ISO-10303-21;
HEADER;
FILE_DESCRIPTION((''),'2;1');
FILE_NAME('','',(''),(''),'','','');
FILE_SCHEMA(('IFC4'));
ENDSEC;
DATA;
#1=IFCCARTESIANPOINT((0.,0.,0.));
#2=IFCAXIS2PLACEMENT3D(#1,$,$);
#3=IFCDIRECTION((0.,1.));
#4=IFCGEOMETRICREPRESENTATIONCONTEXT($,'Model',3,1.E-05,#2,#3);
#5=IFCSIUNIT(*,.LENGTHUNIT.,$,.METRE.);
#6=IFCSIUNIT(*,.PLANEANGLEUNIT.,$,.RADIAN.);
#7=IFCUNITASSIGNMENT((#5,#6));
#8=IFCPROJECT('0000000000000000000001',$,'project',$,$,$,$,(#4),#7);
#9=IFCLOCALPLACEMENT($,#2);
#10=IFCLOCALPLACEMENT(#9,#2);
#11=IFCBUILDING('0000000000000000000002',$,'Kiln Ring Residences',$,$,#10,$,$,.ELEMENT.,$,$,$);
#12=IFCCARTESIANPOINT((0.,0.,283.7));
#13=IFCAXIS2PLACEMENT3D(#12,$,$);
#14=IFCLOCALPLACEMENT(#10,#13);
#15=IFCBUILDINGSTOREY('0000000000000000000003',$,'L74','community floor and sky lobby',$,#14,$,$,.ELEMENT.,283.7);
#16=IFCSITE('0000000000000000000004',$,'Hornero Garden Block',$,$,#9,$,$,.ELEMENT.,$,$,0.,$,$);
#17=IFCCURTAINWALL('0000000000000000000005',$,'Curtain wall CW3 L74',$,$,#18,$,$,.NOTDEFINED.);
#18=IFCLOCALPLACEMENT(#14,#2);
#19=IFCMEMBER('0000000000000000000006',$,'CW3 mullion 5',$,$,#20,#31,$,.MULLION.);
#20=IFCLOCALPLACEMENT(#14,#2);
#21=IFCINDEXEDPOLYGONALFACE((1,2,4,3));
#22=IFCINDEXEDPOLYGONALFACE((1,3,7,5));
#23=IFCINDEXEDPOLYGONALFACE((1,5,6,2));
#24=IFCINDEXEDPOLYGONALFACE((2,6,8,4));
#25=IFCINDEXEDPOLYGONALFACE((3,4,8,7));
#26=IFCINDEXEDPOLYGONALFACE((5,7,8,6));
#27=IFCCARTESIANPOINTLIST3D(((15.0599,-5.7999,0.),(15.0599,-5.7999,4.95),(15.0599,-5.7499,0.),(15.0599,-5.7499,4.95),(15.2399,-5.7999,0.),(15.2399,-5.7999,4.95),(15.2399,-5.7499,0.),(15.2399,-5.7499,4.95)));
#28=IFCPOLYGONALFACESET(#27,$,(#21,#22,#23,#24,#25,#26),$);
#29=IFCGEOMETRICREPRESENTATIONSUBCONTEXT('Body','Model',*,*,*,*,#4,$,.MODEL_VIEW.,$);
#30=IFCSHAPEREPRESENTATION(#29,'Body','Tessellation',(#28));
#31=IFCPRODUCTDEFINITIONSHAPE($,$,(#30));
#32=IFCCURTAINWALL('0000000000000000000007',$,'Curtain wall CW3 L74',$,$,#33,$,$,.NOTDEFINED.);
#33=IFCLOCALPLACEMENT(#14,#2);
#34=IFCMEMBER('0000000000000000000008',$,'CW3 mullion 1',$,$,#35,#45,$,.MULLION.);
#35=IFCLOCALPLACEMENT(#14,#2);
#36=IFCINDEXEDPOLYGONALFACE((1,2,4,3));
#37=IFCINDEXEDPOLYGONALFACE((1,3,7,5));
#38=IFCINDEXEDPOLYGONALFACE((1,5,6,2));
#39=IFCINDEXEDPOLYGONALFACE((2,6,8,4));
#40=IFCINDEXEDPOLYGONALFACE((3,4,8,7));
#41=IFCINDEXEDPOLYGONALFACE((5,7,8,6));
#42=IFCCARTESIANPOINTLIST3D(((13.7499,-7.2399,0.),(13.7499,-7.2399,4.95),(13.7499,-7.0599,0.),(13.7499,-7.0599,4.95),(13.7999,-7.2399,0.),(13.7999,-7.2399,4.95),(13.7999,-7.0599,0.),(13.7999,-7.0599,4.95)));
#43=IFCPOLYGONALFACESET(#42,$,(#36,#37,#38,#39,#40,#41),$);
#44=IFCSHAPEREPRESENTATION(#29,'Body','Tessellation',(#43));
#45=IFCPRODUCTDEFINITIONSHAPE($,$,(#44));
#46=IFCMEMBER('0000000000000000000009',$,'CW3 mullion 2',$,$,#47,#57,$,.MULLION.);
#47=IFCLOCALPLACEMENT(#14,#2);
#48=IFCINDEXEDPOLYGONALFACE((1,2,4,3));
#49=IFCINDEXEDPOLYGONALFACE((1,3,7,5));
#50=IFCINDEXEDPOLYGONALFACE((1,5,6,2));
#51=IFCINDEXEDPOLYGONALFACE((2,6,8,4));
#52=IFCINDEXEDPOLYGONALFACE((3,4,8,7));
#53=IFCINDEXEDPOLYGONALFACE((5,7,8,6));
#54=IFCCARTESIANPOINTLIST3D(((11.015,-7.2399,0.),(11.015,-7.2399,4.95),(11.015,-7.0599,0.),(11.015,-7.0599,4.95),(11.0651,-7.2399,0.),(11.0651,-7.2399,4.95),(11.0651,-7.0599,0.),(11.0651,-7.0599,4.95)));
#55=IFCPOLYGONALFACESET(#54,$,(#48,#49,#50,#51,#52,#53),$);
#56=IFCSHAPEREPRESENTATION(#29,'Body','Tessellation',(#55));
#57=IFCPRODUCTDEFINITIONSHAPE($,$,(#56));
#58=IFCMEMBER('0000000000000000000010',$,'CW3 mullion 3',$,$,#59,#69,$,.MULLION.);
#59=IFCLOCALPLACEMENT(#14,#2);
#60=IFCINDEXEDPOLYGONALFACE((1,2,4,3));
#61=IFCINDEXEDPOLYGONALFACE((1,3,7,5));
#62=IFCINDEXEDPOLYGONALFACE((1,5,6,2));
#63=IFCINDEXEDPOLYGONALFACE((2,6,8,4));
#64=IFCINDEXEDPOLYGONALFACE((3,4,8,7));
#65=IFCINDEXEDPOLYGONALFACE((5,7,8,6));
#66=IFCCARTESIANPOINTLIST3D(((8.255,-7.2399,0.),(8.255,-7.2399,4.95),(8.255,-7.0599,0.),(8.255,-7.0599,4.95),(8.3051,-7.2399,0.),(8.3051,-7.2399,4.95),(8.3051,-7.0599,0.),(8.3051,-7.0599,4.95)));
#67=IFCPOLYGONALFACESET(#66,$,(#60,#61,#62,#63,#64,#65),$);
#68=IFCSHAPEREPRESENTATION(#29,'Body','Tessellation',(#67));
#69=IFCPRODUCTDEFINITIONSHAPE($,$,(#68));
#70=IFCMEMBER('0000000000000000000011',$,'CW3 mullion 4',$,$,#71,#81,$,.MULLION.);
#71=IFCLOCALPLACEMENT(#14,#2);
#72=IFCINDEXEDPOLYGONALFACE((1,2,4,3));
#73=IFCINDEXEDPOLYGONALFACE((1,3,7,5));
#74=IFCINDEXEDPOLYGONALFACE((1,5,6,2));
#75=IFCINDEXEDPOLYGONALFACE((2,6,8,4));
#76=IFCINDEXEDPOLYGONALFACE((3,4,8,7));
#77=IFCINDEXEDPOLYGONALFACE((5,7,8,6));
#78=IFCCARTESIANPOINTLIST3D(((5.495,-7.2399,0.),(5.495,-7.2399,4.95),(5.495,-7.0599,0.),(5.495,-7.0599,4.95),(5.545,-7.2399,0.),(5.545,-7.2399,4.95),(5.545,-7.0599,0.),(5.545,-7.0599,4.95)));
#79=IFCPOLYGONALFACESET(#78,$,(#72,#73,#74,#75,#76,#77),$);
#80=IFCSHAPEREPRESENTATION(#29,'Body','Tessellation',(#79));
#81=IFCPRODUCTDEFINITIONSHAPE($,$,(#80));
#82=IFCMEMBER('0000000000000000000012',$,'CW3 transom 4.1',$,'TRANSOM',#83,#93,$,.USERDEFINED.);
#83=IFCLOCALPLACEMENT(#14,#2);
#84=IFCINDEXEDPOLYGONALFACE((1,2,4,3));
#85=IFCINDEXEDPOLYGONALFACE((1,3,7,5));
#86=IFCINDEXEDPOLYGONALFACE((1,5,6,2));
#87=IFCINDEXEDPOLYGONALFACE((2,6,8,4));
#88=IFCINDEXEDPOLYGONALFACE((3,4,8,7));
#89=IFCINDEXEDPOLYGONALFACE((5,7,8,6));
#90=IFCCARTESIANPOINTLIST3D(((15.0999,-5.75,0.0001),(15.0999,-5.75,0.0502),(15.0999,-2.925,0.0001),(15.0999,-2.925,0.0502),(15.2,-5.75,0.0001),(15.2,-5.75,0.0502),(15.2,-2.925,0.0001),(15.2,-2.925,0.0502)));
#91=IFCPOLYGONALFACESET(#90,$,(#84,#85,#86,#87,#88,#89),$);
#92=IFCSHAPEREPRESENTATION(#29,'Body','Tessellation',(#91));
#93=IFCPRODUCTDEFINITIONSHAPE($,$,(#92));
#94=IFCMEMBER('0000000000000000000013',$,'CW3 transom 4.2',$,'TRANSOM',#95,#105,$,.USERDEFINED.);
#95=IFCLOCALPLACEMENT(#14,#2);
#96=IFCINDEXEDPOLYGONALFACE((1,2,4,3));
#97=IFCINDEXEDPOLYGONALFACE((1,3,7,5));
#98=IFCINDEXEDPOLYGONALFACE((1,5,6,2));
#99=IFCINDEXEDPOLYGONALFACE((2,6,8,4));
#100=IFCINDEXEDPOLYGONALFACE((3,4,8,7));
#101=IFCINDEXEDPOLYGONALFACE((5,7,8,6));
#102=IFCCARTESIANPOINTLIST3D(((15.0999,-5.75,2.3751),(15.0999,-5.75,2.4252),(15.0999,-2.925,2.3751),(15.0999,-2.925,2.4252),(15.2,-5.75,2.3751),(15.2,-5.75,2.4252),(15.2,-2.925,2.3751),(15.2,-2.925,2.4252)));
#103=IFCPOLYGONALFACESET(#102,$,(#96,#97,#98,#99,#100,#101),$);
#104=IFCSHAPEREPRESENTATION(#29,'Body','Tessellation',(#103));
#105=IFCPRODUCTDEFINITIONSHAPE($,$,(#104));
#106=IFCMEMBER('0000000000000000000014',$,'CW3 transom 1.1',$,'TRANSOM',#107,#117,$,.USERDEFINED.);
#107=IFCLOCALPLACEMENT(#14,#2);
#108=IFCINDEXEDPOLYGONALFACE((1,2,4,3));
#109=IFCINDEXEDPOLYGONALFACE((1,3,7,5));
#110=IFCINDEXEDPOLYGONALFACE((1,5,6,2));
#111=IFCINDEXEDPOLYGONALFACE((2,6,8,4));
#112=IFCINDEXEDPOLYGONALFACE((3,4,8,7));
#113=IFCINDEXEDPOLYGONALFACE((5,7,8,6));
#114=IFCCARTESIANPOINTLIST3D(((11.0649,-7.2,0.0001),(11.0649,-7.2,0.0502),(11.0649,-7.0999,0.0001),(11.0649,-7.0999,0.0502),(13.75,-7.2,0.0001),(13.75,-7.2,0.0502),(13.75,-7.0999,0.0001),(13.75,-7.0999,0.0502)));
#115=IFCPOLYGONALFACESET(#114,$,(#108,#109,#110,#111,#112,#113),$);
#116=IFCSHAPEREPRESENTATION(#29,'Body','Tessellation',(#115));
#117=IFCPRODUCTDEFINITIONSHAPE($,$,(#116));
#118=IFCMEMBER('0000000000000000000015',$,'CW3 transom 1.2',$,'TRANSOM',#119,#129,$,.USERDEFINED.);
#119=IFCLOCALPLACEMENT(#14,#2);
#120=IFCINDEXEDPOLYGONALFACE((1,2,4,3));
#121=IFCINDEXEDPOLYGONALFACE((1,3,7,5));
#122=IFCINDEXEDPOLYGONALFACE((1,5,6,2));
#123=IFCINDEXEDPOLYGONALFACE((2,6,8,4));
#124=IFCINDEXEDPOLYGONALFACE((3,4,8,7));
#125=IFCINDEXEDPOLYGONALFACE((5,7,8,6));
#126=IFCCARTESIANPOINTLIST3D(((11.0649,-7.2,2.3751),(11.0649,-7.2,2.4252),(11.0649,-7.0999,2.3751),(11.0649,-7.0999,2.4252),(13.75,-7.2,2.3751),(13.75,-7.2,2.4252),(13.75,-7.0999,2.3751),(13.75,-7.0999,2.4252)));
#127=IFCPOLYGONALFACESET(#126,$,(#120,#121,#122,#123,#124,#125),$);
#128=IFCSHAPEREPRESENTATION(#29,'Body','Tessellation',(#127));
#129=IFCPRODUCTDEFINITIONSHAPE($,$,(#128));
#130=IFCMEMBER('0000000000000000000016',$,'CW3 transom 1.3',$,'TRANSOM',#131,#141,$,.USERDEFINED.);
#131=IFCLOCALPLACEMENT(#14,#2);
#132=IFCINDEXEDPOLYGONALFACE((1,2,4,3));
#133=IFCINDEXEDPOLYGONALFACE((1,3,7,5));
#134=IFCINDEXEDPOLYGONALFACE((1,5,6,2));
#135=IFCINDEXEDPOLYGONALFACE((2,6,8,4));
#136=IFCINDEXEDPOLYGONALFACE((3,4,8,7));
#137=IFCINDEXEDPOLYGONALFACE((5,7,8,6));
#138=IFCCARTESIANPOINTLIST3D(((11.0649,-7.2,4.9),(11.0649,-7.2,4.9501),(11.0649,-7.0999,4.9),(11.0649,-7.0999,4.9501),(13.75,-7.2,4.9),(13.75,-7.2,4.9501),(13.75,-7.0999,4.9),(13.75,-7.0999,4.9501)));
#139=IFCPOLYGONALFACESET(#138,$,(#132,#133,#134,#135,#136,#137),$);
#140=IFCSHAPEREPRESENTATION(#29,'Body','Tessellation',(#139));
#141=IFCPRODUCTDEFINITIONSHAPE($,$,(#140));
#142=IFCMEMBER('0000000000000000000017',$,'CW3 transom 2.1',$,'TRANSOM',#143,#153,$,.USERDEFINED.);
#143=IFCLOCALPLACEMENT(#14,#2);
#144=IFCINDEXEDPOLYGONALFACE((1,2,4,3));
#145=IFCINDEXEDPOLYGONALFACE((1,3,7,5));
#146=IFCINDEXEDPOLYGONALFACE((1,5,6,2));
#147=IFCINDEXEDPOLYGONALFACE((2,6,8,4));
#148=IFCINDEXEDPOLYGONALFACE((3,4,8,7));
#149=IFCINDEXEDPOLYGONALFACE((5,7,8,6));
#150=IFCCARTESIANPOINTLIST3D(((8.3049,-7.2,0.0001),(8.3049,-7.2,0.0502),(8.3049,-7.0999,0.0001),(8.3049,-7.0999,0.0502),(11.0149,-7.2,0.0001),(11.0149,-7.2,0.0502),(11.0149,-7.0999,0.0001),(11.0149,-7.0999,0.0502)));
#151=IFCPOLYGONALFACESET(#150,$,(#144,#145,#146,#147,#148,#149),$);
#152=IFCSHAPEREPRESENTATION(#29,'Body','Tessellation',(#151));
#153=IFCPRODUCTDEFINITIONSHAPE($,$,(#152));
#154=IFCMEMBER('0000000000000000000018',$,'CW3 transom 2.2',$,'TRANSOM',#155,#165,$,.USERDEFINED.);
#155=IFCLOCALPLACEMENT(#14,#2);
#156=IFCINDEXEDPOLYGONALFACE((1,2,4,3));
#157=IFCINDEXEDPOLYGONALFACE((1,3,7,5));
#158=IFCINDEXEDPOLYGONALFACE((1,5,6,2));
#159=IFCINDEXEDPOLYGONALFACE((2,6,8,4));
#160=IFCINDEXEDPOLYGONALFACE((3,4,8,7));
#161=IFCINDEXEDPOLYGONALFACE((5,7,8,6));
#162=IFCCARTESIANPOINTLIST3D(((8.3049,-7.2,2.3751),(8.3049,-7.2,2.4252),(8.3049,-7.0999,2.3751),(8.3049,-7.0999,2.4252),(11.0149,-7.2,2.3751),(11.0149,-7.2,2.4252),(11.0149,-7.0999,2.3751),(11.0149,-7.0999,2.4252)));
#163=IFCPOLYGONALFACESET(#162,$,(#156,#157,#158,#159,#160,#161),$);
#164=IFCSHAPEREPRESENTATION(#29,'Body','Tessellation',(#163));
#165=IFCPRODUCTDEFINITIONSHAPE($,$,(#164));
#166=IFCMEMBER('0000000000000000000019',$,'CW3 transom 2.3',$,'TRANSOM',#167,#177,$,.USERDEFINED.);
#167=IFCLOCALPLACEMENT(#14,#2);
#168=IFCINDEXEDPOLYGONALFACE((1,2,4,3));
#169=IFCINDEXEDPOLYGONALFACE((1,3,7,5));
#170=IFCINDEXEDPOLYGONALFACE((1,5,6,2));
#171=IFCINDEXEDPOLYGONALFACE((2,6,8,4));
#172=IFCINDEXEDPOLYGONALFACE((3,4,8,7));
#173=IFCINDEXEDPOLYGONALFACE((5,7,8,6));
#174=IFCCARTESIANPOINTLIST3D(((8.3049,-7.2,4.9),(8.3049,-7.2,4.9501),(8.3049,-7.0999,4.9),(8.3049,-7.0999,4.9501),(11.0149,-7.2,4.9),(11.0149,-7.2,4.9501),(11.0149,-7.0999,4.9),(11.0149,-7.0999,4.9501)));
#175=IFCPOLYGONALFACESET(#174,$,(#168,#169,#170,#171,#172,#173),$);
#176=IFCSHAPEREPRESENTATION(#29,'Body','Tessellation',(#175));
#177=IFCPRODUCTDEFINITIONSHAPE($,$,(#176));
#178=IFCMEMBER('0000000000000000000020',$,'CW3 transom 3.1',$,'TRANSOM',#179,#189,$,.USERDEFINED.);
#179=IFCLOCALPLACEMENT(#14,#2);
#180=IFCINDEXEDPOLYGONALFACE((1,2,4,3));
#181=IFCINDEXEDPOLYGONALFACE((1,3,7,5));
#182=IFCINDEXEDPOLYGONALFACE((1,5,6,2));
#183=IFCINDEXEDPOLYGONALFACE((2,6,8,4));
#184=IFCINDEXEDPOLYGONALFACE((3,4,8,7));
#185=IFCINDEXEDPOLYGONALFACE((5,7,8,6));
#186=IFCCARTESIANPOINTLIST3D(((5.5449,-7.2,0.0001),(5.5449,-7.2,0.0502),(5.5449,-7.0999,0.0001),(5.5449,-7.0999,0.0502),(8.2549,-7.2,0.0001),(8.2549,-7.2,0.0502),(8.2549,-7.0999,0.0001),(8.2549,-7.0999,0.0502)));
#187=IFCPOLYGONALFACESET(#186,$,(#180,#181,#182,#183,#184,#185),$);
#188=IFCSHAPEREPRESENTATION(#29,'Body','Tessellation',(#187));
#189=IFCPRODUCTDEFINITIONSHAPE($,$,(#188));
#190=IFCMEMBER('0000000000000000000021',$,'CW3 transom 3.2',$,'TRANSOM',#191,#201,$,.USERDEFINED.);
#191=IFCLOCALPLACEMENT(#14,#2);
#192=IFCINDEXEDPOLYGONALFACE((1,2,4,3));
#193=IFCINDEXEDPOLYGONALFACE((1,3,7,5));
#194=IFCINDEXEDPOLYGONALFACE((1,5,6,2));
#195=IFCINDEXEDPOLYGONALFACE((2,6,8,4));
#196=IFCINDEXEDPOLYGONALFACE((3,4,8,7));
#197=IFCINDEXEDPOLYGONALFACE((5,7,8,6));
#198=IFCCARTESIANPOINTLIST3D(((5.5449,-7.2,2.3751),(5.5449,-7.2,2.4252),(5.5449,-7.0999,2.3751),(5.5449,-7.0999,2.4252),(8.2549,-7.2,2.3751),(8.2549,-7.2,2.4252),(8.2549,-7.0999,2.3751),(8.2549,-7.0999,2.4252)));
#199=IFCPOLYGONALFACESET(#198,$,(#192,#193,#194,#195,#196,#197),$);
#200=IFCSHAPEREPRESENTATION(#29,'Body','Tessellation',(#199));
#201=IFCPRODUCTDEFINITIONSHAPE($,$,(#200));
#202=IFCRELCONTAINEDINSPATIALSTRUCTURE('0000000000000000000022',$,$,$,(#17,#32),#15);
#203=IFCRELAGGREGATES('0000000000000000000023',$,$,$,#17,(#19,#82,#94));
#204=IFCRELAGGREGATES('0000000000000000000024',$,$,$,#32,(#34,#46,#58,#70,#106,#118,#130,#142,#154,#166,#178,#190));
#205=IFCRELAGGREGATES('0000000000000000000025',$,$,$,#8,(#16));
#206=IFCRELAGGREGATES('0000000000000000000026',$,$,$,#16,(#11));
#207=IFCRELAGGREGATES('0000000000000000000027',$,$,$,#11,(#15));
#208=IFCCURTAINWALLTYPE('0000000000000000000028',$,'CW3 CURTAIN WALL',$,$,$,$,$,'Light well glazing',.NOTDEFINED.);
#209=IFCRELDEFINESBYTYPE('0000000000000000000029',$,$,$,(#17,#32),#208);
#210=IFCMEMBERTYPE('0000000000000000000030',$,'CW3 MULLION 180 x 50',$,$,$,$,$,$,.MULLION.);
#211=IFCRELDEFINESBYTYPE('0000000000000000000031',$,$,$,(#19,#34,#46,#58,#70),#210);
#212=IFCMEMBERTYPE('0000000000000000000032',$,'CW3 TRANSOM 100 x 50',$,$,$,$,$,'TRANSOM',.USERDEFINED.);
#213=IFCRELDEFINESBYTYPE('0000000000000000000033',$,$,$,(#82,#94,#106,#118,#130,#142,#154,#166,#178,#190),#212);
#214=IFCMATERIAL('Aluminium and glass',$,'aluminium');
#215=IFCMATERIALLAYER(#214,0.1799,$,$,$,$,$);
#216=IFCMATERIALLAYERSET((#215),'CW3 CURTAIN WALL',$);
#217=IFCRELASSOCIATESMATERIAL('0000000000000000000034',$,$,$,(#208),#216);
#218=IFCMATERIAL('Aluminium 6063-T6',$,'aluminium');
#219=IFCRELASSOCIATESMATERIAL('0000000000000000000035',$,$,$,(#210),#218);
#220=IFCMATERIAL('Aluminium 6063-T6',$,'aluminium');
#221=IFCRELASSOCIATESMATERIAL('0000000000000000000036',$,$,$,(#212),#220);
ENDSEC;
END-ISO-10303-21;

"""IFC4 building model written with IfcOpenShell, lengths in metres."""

from ifc_helpers import new_model, si_unit, direction, frame, origin, origin_2d, place, context, subcontext, project, spatial, rectangle, extrude, material, layer, layer_set, material_profile, profile_set, type_object, element, aggregate, save


model = new_model("IFC4")

# Units and contexts
model_context = context("Model", 3, precision=1e-05, world=origin(), true_north=direction((0.0, 1.0)))
body_context = subcontext(model_context, "Body", "Model", "MODEL_VIEW")
ifc_project = project(units=[si_unit("LENGTHUNIT", "METRE"), si_unit("PLANEANGLEUNIT", "RADIAN")], contexts=[model_context])

# Site, building, storey
site_placement = place(None, origin())
site = spatial("IfcSite", under=ifc_project, at=site_placement, Name="Hornero Garden Block", CompositionType="ELEMENT", RefElevation=0.0)
building_placement = place(site_placement, origin())
building = spatial("IfcBuilding", under=site, at=building_placement, Name="Kiln Ring Residences", CompositionType="ELEMENT")
storey_placement = place(building_placement, frame((0.0, 0.0, 283.7)))
storey = spatial("IfcBuildingStorey", under=building, at=storey_placement, Name="L74", Description="community floor and sky lobby", CompositionType="ELEMENT", Elevation=283.7)

# Curtain wall, member
ifc_material_1 = material(Name="Aluminium and glass", Category="aluminium")
ifc_layer_1 = layer(ifc_material_1, 0.1799)
ifc_layer_set_1 = layer_set([ifc_layer_1], Name="CW3 CURTAIN WALL")
curtain_wall_type = type_object("IfcCurtainWallType", Name="CW3 CURTAIN WALL", ElementType="Light well glazing", PredefinedType="NOTDEFINED", material=ifc_layer_set_1)
placement = place(storey_placement, origin())
curtain_wall_1 = element("IfcCurtainWall", 1, at=placement, inside=storey, type_object=curtain_wall_type, Name="Curtain wall CW3 L74", PredefinedType="NOTDEFINED")
ifc_material_2 = material(Name="Aluminium 6063-T6", Category="aluminium")
ifc_material_profile_1 = material_profile(ifc_material_2, rectangle(XDim=0.1799, YDim=0.05, at=origin_2d()), Name="AL 180x50")
ifc_profile_set_1 = profile_set([ifc_material_profile_1], Name="Aluminium 6063-T6")
member_type_1 = type_object("IfcMemberType", Name="CW3 MULLION 180 x 50", PredefinedType="MULLION", material=ifc_profile_set_1)
member_1_placement = place(storey_placement, frame((15.1499, -5.7749, 0.0), z_axis=(0.0, 0.0, 1.0), x_axis=(1.0, 0.0, 0.0)))
member_1 = element("IfcMember", 2, at=member_1_placement, type_object=member_type_1, Name="CW3 mullion 5", PredefinedType="MULLION", context=body_context, shape_type="SweptSolid", body=[
    extrude(rectangle(XDim=0.1799, YDim=0.05, at=origin_2d()), origin(), (0.0, 0.0, 1.0), 4.95),
])

# Curtain wall, members
curtain_wall_2 = element("IfcCurtainWall", 3, at=placement, inside=storey, type_object=curtain_wall_type, Name="Curtain wall CW3 L74", PredefinedType="NOTDEFINED")
member_2_placement = place(storey_placement, frame((13.7749, -7.1499, 0.0), z_axis=(0.0, 0.0, 1.0), x_axis=(0.0, -1.0, 0.0)))
member_2 = element("IfcMember", 4, at=member_2_placement, type_object=member_type_1, Name="CW3 mullion 1", PredefinedType="MULLION", context=body_context, shape_type="SweptSolid", body=[
    extrude(rectangle(XDim=0.1799, YDim=0.05, at=origin_2d()), origin(), (0.0, 0.0, 1.0), 4.95),
])
member_3_placement = place(storey_placement, frame((11.04, -7.1499, 0.0), z_axis=(0.0, 0.0, 1.0), x_axis=(0.0, -1.0, 0.0)))
member_3 = element("IfcMember", 5, at=member_3_placement, type_object=member_type_1, Name="CW3 mullion 2", PredefinedType="MULLION", context=body_context, shape_type="SweptSolid", body=[
    extrude(rectangle(XDim=0.1799, YDim=0.05, at=origin_2d()), origin(), (0.0, 0.0, 1.0), 4.95),
])
member_4_placement = place(storey_placement, frame((8.28, -7.1499, 0.0), z_axis=(0.0, 0.0, 1.0), x_axis=(0.0, -1.0, 0.0)))
member_4 = element("IfcMember", 6, at=member_4_placement, type_object=member_type_1, Name="CW3 mullion 3", PredefinedType="MULLION", context=body_context, shape_type="SweptSolid", body=[
    extrude(rectangle(XDim=0.1799, YDim=0.05, at=origin_2d()), origin(), (0.0, 0.0, 1.0), 4.95),
])
member_5_placement = place(storey_placement, frame((5.52, -7.1499, 0.0), z_axis=(0.0, 0.0, 1.0), x_axis=(0.0, -1.0, 0.0)))
member_5 = element("IfcMember", 7, at=member_5_placement, type_object=member_type_1, Name="CW3 mullion 4", PredefinedType="MULLION", context=body_context, shape_type="SweptSolid", body=[
    extrude(rectangle(XDim=0.1799, YDim=0.05, at=origin_2d()), origin(), (0.0, 0.0, 1.0), 4.95),
])

# Members
ifc_material_3 = material(Name="Aluminium 6063-T6", Category="aluminium")
ifc_material_profile_2 = material_profile(ifc_material_3, rectangle(XDim=0.1001, YDim=0.05, at=origin_2d()), Name="AL 100x50")
ifc_profile_set_2 = profile_set([ifc_material_profile_2], Name="Aluminium 6063-T6")
member_type_2 = type_object("IfcMemberType", Name="CW3 TRANSOM 100 x 50", ElementType="TRANSOM", PredefinedType="USERDEFINED", material=ifc_profile_set_2)
member_6_placement = place(storey_placement, frame((15.1499, -2.925, 0.0251), z_axis=(0.0, -1.0, 0.0), x_axis=(1.0, 0.0, 0.0)))
member_6 = element("IfcMember", 8, at=member_6_placement, type_object=member_type_2, Name="CW3 transom 4.1", ObjectType="TRANSOM", PredefinedType="USERDEFINED", context=body_context, shape_type="SweptSolid", body=[
    extrude(rectangle(XDim=0.1001, YDim=0.05, at=origin_2d()), origin(), (0.0, 0.0, 1.0), 2.825),
])
member_7_placement = place(storey_placement, frame((15.1499, -2.925, 2.4001), z_axis=(0.0, -1.0, 0.0), x_axis=(1.0, 0.0, 0.0)))
member_7 = element("IfcMember", 9, at=member_7_placement, type_object=member_type_2, Name="CW3 transom 4.2", ObjectType="TRANSOM", PredefinedType="USERDEFINED", context=body_context, shape_type="SweptSolid", body=[
    extrude(rectangle(XDim=0.1001, YDim=0.05, at=origin_2d()), origin(), (0.0, 0.0, 1.0), 2.825),
])
member_8_placement = place(storey_placement, frame((13.75, -7.1499, 0.0251), z_axis=(-1.0, 0.0, 0.0), x_axis=(0.0, -1.0, 0.0)))
member_8 = element("IfcMember", 10, at=member_8_placement, type_object=member_type_2, Name="CW3 transom 1.1", ObjectType="TRANSOM", PredefinedType="USERDEFINED", context=body_context, shape_type="SweptSolid", body=[
    extrude(rectangle(XDim=0.1001, YDim=0.05, at=origin_2d()), origin(), (0.0, 0.0, 1.0), 2.6851),
])
member_9_placement = place(storey_placement, frame((13.75, -7.1499, 2.4001), z_axis=(-1.0, 0.0, 0.0), x_axis=(0.0, -1.0, 0.0)))
member_9 = element("IfcMember", 11, at=member_9_placement, type_object=member_type_2, Name="CW3 transom 1.2", ObjectType="TRANSOM", PredefinedType="USERDEFINED", context=body_context, shape_type="SweptSolid", body=[
    extrude(rectangle(XDim=0.1001, YDim=0.05, at=origin_2d()), origin(), (0.0, 0.0, 1.0), 2.6851),
])
member_10_placement = place(storey_placement, frame((13.75, -7.1499, 4.925), z_axis=(-1.0, 0.0, 0.0), x_axis=(0.0, -1.0, 0.0)))
member_10 = element("IfcMember", 12, at=member_10_placement, type_object=member_type_2, Name="CW3 transom 1.3", ObjectType="TRANSOM", PredefinedType="USERDEFINED", context=body_context, shape_type="SweptSolid", body=[
    extrude(rectangle(XDim=0.1001, YDim=0.05, at=origin_2d()), origin(), (0.0, 0.0, 1.0), 2.6851),
])
member_11_placement = place(storey_placement, frame((11.0149, -7.1499, 0.0251), z_axis=(-1.0, 0.0, 0.0), x_axis=(0.0, -1.0, 0.0)))
member_11 = element("IfcMember", 13, at=member_11_placement, type_object=member_type_2, Name="CW3 transom 2.1", ObjectType="TRANSOM", PredefinedType="USERDEFINED", context=body_context, shape_type="SweptSolid", body=[
    extrude(rectangle(XDim=0.1001, YDim=0.05, at=origin_2d()), origin(), (0.0, 0.0, 1.0), 2.71),
])
member_12_placement = place(storey_placement, frame((11.0149, -7.1499, 2.4001), z_axis=(-1.0, 0.0, 0.0), x_axis=(0.0, -1.0, 0.0)))
member_12 = element("IfcMember", 14, at=member_12_placement, type_object=member_type_2, Name="CW3 transom 2.2", ObjectType="TRANSOM", PredefinedType="USERDEFINED", context=body_context, shape_type="SweptSolid", body=[
    extrude(rectangle(XDim=0.1001, YDim=0.05, at=origin_2d()), origin(), (0.0, 0.0, 1.0), 2.71),
])
member_13_placement = place(storey_placement, frame((11.0149, -7.1499, 4.925), z_axis=(-1.0, 0.0, 0.0), x_axis=(0.0, -1.0, 0.0)))
member_13 = element("IfcMember", 15, at=member_13_placement, type_object=member_type_2, Name="CW3 transom 2.3", ObjectType="TRANSOM", PredefinedType="USERDEFINED", context=body_context, shape_type="SweptSolid", body=[
    extrude(rectangle(XDim=0.1001, YDim=0.05, at=origin_2d()), origin(), (0.0, 0.0, 1.0), 2.71),
])
member_14_placement = place(storey_placement, frame((8.2549, -7.1499, 0.0251), z_axis=(-1.0, 0.0, 0.0), x_axis=(0.0, -1.0, 0.0)))
member_14 = element("IfcMember", 16, at=member_14_placement, type_object=member_type_2, Name="CW3 transom 3.1", ObjectType="TRANSOM", PredefinedType="USERDEFINED", context=body_context, shape_type="SweptSolid", body=[
    extrude(rectangle(XDim=0.1001, YDim=0.05, at=origin_2d()), origin(), (0.0, 0.0, 1.0), 2.71),
])
member_15_placement = place(storey_placement, frame((8.2549, -7.1499, 2.4001), z_axis=(-1.0, 0.0, 0.0), x_axis=(0.0, -1.0, 0.0)))
member_15 = element("IfcMember", 17, at=member_15_placement, type_object=member_type_2, Name="CW3 transom 3.2", ObjectType="TRANSOM", PredefinedType="USERDEFINED", context=body_context, shape_type="SweptSolid", body=[
    extrude(rectangle(XDim=0.1001, YDim=0.05, at=origin_2d()), origin(), (0.0, 0.0, 1.0), 2.71),
])

aggregate(curtain_wall_1, [member_1, member_6, member_7])
aggregate(curtain_wall_2, [member_2, member_3, member_4, member_5, member_8, member_9, member_10, member_11, member_12, member_13, member_14, member_15])

save(model, "model.ifc")
